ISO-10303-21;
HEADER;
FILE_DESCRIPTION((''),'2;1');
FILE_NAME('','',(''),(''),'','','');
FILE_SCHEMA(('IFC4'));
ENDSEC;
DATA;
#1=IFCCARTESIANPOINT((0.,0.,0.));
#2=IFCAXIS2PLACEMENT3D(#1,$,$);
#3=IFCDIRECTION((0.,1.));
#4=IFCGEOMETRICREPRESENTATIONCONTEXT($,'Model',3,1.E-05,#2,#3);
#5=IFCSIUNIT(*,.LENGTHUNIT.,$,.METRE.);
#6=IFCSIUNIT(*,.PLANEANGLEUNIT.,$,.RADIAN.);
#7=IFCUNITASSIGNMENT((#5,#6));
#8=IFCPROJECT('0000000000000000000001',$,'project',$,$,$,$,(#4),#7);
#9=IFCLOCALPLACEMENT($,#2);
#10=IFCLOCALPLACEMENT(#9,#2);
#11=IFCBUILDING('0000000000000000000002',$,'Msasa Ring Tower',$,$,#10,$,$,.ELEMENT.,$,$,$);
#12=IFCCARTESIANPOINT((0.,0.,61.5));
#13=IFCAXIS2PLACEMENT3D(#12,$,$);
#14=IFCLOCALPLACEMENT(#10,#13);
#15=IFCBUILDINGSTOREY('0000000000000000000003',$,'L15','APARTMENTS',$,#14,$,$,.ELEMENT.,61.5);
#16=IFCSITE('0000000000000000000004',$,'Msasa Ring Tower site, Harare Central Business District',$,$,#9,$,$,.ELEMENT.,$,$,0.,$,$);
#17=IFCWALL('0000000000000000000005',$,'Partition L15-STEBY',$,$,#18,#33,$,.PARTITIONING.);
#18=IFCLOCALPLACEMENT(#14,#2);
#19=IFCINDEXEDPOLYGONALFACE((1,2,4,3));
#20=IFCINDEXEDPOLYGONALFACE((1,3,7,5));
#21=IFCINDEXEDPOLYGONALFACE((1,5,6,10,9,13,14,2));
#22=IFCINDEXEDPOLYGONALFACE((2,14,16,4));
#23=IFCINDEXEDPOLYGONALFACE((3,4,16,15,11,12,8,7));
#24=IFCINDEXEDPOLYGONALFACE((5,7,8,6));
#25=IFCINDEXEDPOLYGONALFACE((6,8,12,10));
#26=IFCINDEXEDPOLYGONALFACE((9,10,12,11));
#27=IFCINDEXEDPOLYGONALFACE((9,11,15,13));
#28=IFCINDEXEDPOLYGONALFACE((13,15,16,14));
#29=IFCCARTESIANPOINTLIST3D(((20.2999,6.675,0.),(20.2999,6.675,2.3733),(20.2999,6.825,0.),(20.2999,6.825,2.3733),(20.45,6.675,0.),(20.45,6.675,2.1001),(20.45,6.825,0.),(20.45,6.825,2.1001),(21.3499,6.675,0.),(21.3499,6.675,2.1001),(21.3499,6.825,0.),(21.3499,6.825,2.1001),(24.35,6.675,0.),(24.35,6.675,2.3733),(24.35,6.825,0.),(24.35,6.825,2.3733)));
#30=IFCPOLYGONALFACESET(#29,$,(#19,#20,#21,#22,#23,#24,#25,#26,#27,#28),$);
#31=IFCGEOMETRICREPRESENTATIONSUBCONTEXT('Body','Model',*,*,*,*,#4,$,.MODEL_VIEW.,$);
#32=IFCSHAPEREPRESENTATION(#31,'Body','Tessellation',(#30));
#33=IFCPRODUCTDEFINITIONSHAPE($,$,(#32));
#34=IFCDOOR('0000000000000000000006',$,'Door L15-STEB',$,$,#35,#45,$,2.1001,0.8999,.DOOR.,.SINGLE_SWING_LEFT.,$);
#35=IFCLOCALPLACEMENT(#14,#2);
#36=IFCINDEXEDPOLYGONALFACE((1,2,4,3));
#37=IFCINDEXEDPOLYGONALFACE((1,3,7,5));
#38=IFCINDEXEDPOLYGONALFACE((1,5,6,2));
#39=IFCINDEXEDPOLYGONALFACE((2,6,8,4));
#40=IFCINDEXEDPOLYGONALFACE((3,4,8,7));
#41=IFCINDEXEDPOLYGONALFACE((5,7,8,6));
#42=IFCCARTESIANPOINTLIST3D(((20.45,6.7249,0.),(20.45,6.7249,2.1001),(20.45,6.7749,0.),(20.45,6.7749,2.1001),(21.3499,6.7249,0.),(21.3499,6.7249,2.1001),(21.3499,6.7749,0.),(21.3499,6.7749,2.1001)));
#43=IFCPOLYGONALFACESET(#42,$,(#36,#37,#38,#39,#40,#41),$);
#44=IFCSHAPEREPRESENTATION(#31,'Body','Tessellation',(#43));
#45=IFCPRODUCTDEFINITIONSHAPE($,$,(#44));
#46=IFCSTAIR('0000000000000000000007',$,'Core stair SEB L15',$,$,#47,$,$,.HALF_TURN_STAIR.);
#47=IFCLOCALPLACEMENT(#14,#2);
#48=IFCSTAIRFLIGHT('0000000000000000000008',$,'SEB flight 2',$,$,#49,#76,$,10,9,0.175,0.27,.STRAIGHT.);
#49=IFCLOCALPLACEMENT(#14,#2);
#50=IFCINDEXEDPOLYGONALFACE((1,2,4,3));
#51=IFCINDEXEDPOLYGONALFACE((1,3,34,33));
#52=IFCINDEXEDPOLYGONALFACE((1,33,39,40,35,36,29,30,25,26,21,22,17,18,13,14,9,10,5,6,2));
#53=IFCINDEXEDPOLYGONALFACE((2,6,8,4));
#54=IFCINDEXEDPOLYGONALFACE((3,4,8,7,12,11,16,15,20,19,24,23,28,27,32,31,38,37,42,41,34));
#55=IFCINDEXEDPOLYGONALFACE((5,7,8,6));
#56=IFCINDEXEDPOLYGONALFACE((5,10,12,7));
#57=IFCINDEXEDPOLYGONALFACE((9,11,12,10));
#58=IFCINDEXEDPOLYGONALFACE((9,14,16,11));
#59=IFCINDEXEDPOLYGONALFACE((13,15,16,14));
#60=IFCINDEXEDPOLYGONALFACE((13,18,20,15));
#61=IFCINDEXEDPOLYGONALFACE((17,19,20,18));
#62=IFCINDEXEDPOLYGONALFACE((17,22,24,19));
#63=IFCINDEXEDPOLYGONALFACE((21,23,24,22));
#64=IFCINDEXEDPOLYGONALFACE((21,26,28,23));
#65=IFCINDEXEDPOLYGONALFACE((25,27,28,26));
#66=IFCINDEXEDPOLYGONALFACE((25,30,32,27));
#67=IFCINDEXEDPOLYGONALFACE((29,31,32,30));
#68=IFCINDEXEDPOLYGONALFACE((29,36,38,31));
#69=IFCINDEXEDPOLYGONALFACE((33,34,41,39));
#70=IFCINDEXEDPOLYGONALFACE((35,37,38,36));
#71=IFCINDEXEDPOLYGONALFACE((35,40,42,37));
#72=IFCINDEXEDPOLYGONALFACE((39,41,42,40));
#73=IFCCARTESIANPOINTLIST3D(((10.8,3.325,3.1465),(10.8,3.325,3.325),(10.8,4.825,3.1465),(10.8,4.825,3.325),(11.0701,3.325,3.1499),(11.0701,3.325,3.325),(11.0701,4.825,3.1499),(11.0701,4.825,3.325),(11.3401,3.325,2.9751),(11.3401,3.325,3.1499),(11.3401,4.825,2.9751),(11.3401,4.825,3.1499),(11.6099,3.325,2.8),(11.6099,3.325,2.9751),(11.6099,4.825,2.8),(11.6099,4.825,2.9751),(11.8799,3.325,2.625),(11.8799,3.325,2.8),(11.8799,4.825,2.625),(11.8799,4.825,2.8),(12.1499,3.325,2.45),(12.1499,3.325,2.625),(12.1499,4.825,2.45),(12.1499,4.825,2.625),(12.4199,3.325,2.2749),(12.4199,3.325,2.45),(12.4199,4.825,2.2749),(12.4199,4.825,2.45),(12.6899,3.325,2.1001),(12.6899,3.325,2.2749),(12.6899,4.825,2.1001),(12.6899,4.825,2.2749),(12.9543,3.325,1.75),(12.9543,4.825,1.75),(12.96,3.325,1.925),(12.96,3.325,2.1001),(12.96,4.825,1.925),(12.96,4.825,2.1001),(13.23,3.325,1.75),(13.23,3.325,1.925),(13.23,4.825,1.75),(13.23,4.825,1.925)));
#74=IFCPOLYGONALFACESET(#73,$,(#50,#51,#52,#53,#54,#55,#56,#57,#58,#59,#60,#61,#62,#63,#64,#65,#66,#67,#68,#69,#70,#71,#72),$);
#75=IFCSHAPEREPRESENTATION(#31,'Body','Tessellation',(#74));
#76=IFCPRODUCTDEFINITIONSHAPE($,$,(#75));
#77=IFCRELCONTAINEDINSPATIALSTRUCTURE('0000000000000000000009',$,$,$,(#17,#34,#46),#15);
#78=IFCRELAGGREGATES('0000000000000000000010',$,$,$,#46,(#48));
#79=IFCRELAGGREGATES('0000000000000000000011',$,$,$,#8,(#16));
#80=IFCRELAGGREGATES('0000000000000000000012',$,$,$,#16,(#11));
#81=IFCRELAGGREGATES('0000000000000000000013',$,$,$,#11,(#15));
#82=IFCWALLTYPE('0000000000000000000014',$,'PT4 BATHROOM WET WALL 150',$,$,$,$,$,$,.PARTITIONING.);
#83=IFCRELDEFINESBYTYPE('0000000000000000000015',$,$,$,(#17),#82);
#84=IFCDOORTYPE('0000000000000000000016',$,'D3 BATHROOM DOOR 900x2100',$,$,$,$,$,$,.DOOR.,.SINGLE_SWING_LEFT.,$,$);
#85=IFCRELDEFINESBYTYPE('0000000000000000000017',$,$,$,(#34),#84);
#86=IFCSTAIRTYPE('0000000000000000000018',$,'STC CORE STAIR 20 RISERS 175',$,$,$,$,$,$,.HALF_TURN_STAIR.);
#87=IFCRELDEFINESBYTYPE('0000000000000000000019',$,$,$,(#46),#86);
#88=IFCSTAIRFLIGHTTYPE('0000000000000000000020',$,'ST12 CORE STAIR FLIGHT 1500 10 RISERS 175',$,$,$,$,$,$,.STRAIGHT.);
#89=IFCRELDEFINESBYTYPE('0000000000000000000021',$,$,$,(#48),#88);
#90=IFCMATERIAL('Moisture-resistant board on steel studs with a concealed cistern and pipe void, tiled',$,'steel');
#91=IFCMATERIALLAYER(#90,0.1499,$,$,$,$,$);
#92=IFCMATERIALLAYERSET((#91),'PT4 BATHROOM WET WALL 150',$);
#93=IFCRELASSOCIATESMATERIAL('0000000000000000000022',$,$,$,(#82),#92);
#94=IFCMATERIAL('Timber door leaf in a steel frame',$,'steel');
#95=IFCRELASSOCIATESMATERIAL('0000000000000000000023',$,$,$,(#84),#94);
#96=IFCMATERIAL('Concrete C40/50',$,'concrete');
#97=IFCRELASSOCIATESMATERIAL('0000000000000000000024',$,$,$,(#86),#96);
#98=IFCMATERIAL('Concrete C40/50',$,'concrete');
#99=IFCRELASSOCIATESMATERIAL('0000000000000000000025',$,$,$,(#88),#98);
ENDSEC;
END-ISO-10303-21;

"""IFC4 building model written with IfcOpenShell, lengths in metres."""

from ifc_helpers import new_model, si_unit, direction, frame, frame_2d, origin, place, context, subcontext, project, spatial, polyline, rectangle, outline, extrude, material, layer, layer_set, type_object, element, fill, aggregate, save


model = new_model("IFC4")

# Units and contexts
model_context = context("Model", 3, precision=1e-05, world=origin(), true_north=direction((0.0, 1.0)))
body_context = subcontext(model_context, "Body", "Model", "MODEL_VIEW")
ifc_project = project(units=[si_unit("LENGTHUNIT", "METRE"), si_unit("PLANEANGLEUNIT", "RADIAN")], contexts=[model_context])

# Site, building, storey
site_placement = place(None, origin())
site = spatial("IfcSite", under=ifc_project, at=site_placement, Name="Msasa Ring Tower site, Harare Central Business District", CompositionType="ELEMENT", RefElevation=0.0)
building_placement = place(site_placement, origin())
building = spatial("IfcBuilding", under=site, at=building_placement, Name="Msasa Ring Tower", CompositionType="ELEMENT")
storey_placement = place(building_placement, frame((0.0, 0.0, 61.5)))
storey = spatial("IfcBuildingStorey", under=building, at=storey_placement, Name="L15", Description="APARTMENTS", CompositionType="ELEMENT", Elevation=61.5)

# Wall, opening, door
ifc_material_1 = material(Name="Moisture-resistant board on steel studs with a concealed cistern and pipe void, tiled", Category="steel")
ifc_layer_1 = layer(ifc_material_1, 0.1499)
ifc_layer_set_1 = layer_set([ifc_layer_1], Name="PT4 BATHROOM WET WALL 150")
wall_type_1 = type_object("IfcWallType", Name="PT4 BATHROOM WET WALL 150", PredefinedType="PARTITIONING", material=ifc_layer_set_1)
wall_1_placement = place(storey_placement, frame((20.3, 6.75, 0.0), z_axis=(0.0, 0.0, 1.0), x_axis=(1.0, 0.0, 0.0)))
wall_1 = element("IfcWall", 1, at=wall_1_placement, inside=storey, type_object=wall_type_1, Name="Partition L15-STEBY", PredefinedType="PARTITIONING", context=body_context, shape_type="SweptSolid", body=[
    extrude(rectangle(XDim=4.05, YDim=0.1499, at=frame_2d((2.0249, 0.0))), origin(), (0.0, 0.0, 1.0), 2.3733),
])
opening_1_placement = place(wall_1_placement, frame((0.1499, 0.0, 0.0)))
opening_1 = element("IfcOpeningElement", 2, at=opening_1_placement, cuts=wall_1, PredefinedType="OPENING", context=body_context, shape_type="SweptSolid", body=[
    extrude(rectangle(XDim=0.8999, YDim=2.1001, at=frame_2d((0.45, 1.05))), frame((0.0, 0.085, 0.0), z_axis=(0.0, -1.0, 0.0), x_axis=(1.0, 0.0, 0.0)), (0.0, 0.0, 1.0), 0.1699),
])
ifc_material_2 = material(Name="Timber door leaf in a steel frame", Category="steel")
door_type = type_object("IfcDoorType", Name="D3 BATHROOM DOOR 900x2100", OperationType="SINGLE_SWING_LEFT", PredefinedType="DOOR", material=ifc_material_2)
door_placement = place(opening_1_placement, origin())
door = element("IfcDoor", 3, at=door_placement, inside=storey, type_object=door_type, Name="Door L15-STEB", OperationType="SINGLE_SWING_LEFT", OverallHeight=2.1001, OverallWidth=0.8999, PredefinedType="DOOR", context=body_context, shape_type="SweptSolid", body=[
    extrude(rectangle(XDim=0.8999, YDim=2.1001, at=frame_2d((0.45, 1.05))), frame((0.0, 0.0249, 0.0), z_axis=(0.0, -1.0, 0.0), x_axis=(1.0, 0.0, 0.0)), (0.0, 0.0, 1.0), 0.05),
])
fill(opening_1, door)

# Stair, stair flight
ifc_material_3 = material(Name="Concrete C40/50", Category="concrete")
stair_type = type_object("IfcStairType", Name="STC CORE STAIR 20 RISERS 175", PredefinedType="HALF_TURN_STAIR", material=ifc_material_3)
stair_placement = place(storey_placement, origin())
stair = element("IfcStair", 4, at=stair_placement, inside=storey, type_object=stair_type, Name="Core stair SEB L15", PredefinedType="HALF_TURN_STAIR")
ifc_material_4 = material(Name="Concrete C40/50", Category="concrete")
stair_flight_type = type_object("IfcStairFlightType", Name="ST12 CORE STAIR FLIGHT 1500 10 RISERS 175", PredefinedType="STRAIGHT", material=ifc_material_4)
stair_flight_placement = place(storey_placement, frame((13.23, 4.075, 1.75), z_axis=(0.0, 0.0, 1.0), x_axis=(-1.0, 0.0, 0.0)))
stair_flight = element("IfcStairFlight", 5, at=stair_flight_placement, type_object=stair_flight_type, Name="SEB flight 2", NumberOfRisers=10, NumberOfTreads=9, PredefinedType="STRAIGHT", RiserHeight=0.175, TreadLength=0.27, context=body_context, shape_type="SweptSolid", body=[
    extrude(outline(polyline([(0.0, 0.0), (0.0, 0.175), (0.27, 0.175), (0.27, 0.3501), (0.54, 0.3501), (0.54, 0.5249), (0.8101, 0.5249), (0.8101, 0.7), (1.0801, 0.7), (1.0801, 0.875), (1.3501, 0.875), (1.3501, 1.05), (1.6201, 1.05), (1.6201, 1.2251), (1.8899, 1.2251), (1.8899, 1.3999), (2.1599, 1.3999), (2.1599, 1.575), (2.4299, 1.575), (2.4299, 1.75), (2.4299, 1.3965), (0.2756, 0.0), (0.0, 0.0)])), frame((0.0, 0.75, 0.0), z_axis=(0.0, -1.0, 0.0), x_axis=(1.0, 0.0, 0.0)), (0.0, 0.0, 1.0), 1.5),
])
aggregate(stair, [stair_flight])

save(model, "model.ifc")
